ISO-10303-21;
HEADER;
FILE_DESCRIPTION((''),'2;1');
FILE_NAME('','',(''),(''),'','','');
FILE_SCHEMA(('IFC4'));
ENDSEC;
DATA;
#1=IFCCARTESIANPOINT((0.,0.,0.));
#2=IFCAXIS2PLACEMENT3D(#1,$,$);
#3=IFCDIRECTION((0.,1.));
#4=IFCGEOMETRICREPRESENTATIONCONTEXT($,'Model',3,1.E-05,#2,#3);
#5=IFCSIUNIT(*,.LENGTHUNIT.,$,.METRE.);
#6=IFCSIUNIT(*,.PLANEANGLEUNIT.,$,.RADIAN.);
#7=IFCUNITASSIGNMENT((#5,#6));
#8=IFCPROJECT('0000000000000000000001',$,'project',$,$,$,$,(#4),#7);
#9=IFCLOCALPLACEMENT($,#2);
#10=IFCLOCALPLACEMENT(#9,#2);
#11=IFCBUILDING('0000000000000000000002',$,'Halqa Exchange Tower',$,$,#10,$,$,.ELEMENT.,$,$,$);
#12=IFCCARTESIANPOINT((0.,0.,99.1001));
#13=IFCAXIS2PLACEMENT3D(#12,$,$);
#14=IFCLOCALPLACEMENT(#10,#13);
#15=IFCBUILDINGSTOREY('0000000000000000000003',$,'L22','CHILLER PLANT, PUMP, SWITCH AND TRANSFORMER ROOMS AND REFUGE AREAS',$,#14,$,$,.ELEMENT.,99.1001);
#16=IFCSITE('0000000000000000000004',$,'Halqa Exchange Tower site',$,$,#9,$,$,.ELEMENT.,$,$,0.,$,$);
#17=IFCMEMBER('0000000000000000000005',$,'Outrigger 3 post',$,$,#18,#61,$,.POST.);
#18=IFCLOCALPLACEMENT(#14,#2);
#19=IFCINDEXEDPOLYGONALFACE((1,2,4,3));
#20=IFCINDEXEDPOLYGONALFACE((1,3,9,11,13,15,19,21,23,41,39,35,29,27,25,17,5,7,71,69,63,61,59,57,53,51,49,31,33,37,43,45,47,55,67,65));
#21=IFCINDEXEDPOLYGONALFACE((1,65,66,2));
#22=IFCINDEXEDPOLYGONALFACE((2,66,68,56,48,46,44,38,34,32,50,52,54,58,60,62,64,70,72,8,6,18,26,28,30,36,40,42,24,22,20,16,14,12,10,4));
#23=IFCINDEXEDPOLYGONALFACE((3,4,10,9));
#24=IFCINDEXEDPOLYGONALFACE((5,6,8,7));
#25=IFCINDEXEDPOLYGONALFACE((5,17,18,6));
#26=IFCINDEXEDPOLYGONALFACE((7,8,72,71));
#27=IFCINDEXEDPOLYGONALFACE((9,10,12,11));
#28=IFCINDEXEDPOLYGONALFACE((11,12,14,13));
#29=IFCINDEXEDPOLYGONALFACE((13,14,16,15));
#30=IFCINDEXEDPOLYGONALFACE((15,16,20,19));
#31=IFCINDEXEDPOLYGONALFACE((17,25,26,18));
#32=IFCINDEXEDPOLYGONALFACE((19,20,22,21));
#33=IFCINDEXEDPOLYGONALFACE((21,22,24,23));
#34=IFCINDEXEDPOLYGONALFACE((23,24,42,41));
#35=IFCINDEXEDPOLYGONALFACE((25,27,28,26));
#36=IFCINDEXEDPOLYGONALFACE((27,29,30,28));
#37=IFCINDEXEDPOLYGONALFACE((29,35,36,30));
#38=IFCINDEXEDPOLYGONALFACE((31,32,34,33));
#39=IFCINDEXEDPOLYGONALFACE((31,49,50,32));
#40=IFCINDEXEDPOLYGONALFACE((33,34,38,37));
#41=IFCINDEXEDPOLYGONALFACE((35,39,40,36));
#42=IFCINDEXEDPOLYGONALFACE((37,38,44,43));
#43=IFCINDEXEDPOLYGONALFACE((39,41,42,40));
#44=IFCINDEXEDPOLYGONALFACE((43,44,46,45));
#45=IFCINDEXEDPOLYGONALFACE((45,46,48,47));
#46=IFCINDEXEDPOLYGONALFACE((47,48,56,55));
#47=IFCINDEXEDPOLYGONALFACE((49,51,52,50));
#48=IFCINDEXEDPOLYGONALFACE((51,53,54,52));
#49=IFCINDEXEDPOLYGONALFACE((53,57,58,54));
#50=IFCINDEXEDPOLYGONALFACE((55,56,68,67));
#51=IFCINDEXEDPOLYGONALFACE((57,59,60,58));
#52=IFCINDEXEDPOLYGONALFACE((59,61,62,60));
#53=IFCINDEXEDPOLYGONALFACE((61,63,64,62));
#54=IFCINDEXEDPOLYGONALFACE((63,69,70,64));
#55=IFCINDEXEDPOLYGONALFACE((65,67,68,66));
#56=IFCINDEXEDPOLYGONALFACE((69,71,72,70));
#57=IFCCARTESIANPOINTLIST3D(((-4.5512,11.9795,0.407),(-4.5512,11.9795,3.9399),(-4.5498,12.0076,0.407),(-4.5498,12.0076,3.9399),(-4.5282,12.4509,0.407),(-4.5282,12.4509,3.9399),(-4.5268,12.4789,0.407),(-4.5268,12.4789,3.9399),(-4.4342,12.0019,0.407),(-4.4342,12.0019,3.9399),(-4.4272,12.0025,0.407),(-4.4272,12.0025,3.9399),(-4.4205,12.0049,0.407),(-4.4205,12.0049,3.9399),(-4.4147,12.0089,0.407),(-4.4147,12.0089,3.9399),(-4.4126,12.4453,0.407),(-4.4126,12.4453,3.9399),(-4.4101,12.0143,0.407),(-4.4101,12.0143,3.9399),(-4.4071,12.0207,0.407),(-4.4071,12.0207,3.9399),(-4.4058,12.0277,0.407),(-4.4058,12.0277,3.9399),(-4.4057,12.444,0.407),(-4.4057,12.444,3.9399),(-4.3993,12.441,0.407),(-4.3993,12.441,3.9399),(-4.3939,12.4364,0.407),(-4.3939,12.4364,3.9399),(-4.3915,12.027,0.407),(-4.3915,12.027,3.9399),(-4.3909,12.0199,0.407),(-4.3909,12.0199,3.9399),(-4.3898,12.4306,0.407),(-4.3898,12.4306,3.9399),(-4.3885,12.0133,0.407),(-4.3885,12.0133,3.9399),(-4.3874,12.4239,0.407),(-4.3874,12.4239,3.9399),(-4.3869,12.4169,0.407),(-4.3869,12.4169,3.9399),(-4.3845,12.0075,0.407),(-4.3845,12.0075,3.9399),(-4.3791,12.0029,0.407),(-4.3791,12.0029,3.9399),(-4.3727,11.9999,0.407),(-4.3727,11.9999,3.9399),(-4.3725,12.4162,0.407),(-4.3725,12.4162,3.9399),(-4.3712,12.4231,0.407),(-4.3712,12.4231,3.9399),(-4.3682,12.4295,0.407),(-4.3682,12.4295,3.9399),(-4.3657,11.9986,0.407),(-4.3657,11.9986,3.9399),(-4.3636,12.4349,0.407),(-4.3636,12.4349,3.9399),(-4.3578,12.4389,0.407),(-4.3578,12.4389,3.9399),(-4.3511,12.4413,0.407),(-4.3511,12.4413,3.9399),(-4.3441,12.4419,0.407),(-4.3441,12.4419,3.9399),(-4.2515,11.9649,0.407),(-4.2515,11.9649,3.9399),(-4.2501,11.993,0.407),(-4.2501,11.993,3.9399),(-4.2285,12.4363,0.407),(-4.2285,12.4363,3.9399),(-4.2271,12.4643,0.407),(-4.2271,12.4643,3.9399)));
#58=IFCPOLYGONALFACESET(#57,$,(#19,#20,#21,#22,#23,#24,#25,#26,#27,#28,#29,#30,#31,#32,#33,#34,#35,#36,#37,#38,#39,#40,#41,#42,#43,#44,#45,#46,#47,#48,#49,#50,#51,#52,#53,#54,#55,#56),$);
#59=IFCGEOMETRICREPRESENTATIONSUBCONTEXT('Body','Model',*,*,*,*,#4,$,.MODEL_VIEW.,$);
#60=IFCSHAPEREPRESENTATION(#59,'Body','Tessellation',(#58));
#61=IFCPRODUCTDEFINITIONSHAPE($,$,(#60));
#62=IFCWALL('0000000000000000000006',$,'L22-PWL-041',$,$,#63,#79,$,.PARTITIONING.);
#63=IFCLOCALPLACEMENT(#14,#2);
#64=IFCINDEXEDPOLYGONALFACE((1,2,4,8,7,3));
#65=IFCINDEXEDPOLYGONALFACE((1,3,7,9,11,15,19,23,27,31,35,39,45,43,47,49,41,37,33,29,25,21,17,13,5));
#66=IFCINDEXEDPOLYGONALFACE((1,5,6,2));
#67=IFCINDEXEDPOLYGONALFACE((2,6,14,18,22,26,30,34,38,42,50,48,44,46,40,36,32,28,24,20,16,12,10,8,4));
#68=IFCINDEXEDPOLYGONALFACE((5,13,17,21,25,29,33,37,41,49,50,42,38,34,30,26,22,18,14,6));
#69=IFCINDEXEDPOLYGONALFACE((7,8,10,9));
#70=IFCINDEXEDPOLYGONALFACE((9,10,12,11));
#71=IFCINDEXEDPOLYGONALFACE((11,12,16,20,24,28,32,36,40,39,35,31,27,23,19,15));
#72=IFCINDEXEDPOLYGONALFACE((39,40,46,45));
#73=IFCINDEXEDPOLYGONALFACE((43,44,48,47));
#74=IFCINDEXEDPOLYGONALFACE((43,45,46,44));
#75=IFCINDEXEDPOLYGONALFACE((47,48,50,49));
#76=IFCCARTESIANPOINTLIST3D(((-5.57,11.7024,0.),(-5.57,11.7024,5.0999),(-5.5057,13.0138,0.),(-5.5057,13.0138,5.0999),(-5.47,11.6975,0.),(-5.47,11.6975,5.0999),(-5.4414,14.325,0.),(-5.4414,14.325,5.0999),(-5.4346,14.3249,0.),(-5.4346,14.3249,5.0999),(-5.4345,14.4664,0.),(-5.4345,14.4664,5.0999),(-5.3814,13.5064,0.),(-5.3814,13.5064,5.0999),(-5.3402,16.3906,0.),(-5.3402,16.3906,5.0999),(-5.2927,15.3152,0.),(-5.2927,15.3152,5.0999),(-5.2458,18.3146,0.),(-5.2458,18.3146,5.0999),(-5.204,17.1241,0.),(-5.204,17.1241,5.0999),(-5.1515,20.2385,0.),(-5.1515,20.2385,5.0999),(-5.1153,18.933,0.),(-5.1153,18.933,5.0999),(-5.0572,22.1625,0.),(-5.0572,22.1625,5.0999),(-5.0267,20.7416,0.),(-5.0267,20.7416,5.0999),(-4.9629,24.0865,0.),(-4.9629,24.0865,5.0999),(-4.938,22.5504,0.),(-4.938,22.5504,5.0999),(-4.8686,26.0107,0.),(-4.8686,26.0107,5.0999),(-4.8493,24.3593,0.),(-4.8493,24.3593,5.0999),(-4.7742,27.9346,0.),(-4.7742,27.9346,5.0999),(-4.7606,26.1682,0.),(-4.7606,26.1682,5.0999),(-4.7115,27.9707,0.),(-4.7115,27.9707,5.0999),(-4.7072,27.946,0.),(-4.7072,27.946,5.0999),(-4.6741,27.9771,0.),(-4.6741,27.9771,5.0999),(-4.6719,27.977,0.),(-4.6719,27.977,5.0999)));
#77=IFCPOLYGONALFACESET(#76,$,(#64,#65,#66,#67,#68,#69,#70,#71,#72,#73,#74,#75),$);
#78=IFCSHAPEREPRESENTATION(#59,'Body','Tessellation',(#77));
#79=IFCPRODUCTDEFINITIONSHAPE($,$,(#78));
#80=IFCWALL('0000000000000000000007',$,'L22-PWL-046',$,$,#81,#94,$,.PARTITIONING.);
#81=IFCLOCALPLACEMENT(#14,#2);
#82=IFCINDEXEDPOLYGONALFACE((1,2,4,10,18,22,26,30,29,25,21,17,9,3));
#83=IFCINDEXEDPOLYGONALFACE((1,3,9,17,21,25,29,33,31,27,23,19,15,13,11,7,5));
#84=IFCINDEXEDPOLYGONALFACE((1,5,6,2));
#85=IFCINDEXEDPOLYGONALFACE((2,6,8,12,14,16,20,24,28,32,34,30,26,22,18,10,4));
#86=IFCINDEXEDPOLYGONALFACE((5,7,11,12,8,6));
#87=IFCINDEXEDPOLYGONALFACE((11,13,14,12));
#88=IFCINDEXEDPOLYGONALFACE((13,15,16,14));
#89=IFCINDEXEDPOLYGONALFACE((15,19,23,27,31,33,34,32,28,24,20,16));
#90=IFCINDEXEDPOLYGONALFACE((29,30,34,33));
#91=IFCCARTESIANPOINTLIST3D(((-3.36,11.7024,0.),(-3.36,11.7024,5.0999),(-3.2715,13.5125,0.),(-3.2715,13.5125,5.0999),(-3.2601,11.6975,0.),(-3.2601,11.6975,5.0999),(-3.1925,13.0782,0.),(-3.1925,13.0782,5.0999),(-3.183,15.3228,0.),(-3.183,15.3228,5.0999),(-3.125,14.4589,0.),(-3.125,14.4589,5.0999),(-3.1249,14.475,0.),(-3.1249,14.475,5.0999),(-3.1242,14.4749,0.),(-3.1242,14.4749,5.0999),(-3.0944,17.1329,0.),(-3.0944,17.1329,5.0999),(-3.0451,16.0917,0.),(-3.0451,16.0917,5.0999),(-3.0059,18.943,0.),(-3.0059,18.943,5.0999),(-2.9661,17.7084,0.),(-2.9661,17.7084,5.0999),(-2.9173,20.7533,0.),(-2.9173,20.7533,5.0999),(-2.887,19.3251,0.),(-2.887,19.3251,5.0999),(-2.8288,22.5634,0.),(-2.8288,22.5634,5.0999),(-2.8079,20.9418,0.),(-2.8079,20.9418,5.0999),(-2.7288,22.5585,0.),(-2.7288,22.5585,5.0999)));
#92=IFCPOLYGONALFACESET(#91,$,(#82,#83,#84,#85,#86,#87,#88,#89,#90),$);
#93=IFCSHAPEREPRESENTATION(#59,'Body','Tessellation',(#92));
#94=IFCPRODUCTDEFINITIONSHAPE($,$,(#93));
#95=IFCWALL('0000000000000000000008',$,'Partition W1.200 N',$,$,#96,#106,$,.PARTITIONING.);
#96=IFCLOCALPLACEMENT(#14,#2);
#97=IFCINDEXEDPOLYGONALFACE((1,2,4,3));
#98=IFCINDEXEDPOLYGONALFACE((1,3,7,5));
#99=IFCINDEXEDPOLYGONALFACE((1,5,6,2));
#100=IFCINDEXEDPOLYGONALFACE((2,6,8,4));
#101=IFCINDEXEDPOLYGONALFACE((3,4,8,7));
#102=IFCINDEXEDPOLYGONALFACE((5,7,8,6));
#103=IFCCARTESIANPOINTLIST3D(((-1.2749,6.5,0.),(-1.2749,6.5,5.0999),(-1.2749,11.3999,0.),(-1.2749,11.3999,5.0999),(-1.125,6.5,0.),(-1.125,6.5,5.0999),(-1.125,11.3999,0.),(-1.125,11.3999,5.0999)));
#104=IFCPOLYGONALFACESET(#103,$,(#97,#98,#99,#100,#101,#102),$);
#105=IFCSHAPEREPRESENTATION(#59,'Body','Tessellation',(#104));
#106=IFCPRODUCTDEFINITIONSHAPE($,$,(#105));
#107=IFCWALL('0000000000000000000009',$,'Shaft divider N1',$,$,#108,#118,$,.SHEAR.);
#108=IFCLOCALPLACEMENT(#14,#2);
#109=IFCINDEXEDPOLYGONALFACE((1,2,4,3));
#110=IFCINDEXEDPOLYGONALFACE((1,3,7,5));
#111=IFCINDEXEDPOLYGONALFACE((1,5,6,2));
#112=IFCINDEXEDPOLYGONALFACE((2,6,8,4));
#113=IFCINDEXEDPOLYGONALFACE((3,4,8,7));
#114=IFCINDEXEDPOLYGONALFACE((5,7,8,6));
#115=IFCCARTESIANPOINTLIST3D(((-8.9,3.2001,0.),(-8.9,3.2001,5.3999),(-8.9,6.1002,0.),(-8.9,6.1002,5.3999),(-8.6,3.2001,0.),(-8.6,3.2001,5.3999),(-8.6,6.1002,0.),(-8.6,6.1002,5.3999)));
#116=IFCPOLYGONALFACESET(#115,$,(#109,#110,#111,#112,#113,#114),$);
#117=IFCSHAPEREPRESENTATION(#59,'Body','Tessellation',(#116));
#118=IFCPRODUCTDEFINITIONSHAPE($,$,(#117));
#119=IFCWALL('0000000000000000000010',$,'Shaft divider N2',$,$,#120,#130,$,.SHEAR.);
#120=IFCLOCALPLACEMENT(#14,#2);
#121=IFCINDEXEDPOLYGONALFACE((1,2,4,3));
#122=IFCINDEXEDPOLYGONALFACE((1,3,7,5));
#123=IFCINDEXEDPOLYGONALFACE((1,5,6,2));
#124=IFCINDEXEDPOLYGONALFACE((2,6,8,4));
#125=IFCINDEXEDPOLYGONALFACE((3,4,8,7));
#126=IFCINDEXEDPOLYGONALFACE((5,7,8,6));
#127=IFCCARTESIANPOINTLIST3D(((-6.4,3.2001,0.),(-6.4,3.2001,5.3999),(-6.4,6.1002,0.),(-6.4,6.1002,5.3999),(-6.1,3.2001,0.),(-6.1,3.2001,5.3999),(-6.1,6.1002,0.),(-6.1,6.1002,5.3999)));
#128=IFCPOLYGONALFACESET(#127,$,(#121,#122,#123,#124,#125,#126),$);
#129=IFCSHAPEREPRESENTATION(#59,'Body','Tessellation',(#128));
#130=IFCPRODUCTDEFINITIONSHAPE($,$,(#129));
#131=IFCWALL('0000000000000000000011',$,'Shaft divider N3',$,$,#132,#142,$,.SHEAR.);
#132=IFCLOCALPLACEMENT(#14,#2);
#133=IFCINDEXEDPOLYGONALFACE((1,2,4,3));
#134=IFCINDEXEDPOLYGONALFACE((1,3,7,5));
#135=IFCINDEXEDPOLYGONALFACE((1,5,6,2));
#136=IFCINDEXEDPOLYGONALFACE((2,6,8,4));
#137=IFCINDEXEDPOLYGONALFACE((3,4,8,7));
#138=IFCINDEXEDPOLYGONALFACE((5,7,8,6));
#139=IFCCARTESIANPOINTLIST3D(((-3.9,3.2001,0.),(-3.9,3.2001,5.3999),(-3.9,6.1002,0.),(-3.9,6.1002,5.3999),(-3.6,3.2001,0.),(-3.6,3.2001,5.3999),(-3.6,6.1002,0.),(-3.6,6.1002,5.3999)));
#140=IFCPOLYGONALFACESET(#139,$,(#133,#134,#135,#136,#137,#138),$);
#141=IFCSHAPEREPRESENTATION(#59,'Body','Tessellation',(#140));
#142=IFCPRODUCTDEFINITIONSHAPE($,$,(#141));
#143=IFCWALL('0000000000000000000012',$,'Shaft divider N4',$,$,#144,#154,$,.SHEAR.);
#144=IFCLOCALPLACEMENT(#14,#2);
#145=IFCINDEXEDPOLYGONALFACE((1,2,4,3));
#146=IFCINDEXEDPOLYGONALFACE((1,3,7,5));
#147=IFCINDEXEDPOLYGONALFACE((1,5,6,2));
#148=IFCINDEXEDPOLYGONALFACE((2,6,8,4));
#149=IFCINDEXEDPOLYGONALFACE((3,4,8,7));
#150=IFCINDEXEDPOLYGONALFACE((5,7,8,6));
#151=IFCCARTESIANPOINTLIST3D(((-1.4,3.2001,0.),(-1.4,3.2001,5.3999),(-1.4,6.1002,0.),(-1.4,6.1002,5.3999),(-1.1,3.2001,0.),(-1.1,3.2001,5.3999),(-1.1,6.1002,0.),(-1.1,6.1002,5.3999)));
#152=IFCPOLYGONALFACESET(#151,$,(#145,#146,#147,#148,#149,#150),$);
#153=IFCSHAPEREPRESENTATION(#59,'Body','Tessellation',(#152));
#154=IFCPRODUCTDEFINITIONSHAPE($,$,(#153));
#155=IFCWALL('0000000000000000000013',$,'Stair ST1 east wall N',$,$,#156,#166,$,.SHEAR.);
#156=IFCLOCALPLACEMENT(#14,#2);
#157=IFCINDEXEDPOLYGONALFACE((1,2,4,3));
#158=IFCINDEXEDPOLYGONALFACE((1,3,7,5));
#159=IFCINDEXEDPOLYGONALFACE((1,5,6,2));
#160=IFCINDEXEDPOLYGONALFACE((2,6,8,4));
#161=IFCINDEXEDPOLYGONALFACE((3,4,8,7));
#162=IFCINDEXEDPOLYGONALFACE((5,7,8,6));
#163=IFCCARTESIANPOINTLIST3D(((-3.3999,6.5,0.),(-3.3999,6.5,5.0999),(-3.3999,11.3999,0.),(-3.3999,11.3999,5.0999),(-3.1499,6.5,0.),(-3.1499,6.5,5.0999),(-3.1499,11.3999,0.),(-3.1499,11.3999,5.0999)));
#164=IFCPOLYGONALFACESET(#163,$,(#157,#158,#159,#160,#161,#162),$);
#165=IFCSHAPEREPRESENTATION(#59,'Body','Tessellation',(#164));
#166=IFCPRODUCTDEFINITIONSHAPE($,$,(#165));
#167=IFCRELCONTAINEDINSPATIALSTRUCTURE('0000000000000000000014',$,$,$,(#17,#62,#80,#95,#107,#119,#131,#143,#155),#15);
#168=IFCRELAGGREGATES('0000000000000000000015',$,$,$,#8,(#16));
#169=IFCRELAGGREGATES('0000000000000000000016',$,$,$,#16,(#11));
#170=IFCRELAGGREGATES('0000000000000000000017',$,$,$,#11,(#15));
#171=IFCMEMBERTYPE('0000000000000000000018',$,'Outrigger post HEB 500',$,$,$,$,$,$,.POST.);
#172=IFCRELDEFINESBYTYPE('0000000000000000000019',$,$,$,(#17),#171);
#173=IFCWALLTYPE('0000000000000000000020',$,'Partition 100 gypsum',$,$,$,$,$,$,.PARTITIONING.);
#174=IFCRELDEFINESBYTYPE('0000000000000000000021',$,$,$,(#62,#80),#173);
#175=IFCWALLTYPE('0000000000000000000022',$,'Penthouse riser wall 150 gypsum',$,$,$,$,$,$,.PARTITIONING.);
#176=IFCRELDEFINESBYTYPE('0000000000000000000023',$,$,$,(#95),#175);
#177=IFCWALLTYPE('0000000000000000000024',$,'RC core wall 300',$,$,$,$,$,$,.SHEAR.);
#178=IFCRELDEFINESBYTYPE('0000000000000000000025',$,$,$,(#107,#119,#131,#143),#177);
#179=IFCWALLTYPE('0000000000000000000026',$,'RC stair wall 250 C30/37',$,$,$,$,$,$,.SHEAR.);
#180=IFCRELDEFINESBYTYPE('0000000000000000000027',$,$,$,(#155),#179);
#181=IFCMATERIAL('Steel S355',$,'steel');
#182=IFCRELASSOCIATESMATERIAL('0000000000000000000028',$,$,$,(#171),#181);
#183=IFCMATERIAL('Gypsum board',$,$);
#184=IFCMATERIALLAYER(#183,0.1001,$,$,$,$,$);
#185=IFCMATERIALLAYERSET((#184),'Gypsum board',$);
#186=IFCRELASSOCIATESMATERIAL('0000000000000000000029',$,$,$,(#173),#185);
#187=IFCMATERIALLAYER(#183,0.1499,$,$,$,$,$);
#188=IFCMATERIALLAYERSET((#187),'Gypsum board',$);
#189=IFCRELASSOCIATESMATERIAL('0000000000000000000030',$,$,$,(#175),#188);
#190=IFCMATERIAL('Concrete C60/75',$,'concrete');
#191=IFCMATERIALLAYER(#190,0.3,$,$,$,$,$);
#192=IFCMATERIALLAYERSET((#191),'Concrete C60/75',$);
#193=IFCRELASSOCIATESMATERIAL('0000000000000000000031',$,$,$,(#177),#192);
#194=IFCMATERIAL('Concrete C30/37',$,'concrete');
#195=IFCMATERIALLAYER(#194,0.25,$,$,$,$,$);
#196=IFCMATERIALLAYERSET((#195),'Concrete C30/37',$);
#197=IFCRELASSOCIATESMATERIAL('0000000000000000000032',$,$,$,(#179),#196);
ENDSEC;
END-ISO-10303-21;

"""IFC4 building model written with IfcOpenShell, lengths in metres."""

from ifc_helpers import new_model, si_unit, direction, frame, frame_2d, origin, origin_2d, place, context, subcontext, project, spatial, polyline, rectangle, i_section, outline, extrude, material, layer, layer_set, material_profile, profile_set, type_object, element, save


model = new_model("IFC4")

# Units and contexts
model_context = context("Model", 3, precision=1e-05, world=origin(), true_north=direction((0.0, 1.0)))
body_context = subcontext(model_context, "Body", "Model", "MODEL_VIEW")
ifc_project = project(units=[si_unit("LENGTHUNIT", "METRE"), si_unit("PLANEANGLEUNIT", "RADIAN")], contexts=[model_context])

# Site, building, storey
site_placement = place(None, origin())
site = spatial("IfcSite", under=ifc_project, at=site_placement, Name="Halqa Exchange Tower site", CompositionType="ELEMENT", RefElevation=0.0)
building_placement = place(site_placement, origin())
building = spatial("IfcBuilding", under=site, at=building_placement, Name="Halqa Exchange Tower", CompositionType="ELEMENT")
storey_placement = place(building_placement, frame((0.0, 0.0, 99.1001)))
storey = spatial("IfcBuildingStorey", under=building, at=storey_placement, Name="L22", Description="CHILLER PLANT, PUMP, SWITCH AND TRANSFORMER ROOMS AND REFUGE AREAS", CompositionType="ELEMENT", Elevation=99.1001)

# Shared definitions
ifc_material_1 = material(Name="Steel S355", Category="steel")

# Member
ifc_material_profile_1 = material_profile(ifc_material_1, i_section(OverallWidth=0.3, OverallDepth=0.5, WebThickness=0.0144, FlangeThickness=0.0281, FilletRadius=0.0271, at=origin_2d()), Name="HEB 500")
ifc_profile_set_1 = profile_set([ifc_material_profile_1], Name="Steel S355")
member_type_1 = type_object("IfcMemberType", Name="Outrigger post HEB 500", PredefinedType="POST", material=ifc_profile_set_1)
member_1_placement = place(storey_placement, frame((-4.3892, 12.2219, 0.407), z_axis=(0.0, 0.0, 1.0), x_axis=(-0.998813, 0.04871, 0.0)))
element("IfcMember", 1, at=member_1_placement, inside=storey, type_object=member_type_1, Name="Outrigger 3 post", PredefinedType="POST", context=body_context, shape_type="SweptSolid", body=[
    extrude(i_section(OverallWidth=0.3, OverallDepth=0.5, WebThickness=0.0144, FlangeThickness=0.0281, FilletRadius=0.0271, at=origin_2d()), origin(), (0.0, 0.0, 1.0), 3.533),
])

# Walls
ifc_material_2 = material(Name="Gypsum board")
ifc_layer_1 = layer(ifc_material_2, 0.1001)
ifc_layer_set_1 = layer_set([ifc_layer_1], Name="Gypsum board")
wall_type_1 = type_object("IfcWallType", Name="Partition 100 gypsum", PredefinedType="PARTITIONING", material=ifc_layer_set_1)
wall_1_placement = place(storey_placement, frame((-5.52, 11.7, 0.0), z_axis=(0.0, 0.0, 1.0), x_axis=(0.048966, 0.9988, 0.0)))
element("IfcWall", 2, at=wall_1_placement, inside=storey, type_object=wall_type_1, Name="L22-PWL-041", PredefinedType="PARTITIONING", context=body_context, shape_type="SweptSolid", body=[
    extrude(outline(polyline([(16.2991, -0.05), (16.2991, -0.0479), (16.2908, -0.0107), (16.2991, -0.009), (16.2991, -0.009), (16.2664, -0.0164), (16.2517, 0.05), (14.3254, 0.05), (12.3989, 0.05), (10.4727, 0.05), (8.5464, 0.05), (6.6201, 0.05), (4.6938, 0.05), (2.7673, 0.05), (2.626, 0.0432), (2.6257, 0.05), (1.313, 0.05), (0.0, 0.05), (0.0, -0.05), (1.811, -0.05), (3.6221, -0.05), (5.4331, -0.05), (7.2441, -0.05), (9.0549, -0.05), (10.866, -0.05), (12.677, -0.05), (14.488, -0.05), (16.2991, -0.05)])), origin(), (0.0, 0.0, 1.0), 5.0999),
])
wall_2_placement = place(storey_placement, frame((-3.3101, 11.7, 0.0), z_axis=(0.0, 0.0, 1.0), x_axis=(0.048855, 0.998806, 0.0)))
element("IfcWall", 3, at=wall_2_placement, inside=storey, type_object=wall_type_1, Name="L22-PWL-046", PredefinedType="PARTITIONING", context=body_context, shape_type="SweptSolid", body=[
    extrude(outline(polyline([(0.0, -0.05), (1.3823, -0.05), (2.7646, -0.05), (2.7808, -0.0493), (2.7808, -0.05), (4.3994, -0.05), (6.0181, -0.05), (7.6367, -0.05), (9.2554, -0.05), (10.874, -0.05), (10.874, 0.05), (9.0618, 0.05), (7.2493, 0.05), (5.437, 0.05), (3.6248, 0.05), (1.8123, 0.05), (0.0, 0.05), (0.0, -0.05)])), origin(), (0.0, 0.0, 1.0), 5.0999),
])
ifc_layer_2 = layer(ifc_material_2, 0.1499)
ifc_layer_set_2 = layer_set([ifc_layer_2], Name="Gypsum board")
wall_type_2 = type_object("IfcWallType", Name="Penthouse riser wall 150 gypsum", PredefinedType="PARTITIONING", material=ifc_layer_set_2)
wall_3_placement = place(storey_placement, frame((-1.2, 6.5, 0.0), z_axis=(0.0, 0.0, 1.0), x_axis=(0.0, 1.0, 0.0)))
element("IfcWall", 4, at=wall_3_placement, inside=storey, type_object=wall_type_2, Name="Partition W1.200 N", PredefinedType="PARTITIONING", context=body_context, shape_type="SweptSolid", body=[
    extrude(rectangle(XDim=4.8999, YDim=0.1499, at=frame_2d((2.45, 0.0))), origin(), (0.0, 0.0, 1.0), 5.0999),
])
ifc_material_3 = material(Name="Concrete C60/75", Category="concrete")
ifc_layer_3 = layer(ifc_material_3, 0.3)
ifc_layer_set_3 = layer_set([ifc_layer_3], Name="Concrete C60/75")
wall_type_3 = type_object("IfcWallType", Name="RC core wall 300", PredefinedType="SHEAR", material=ifc_layer_set_3)
for number, where, z_axis, x_axis, name in (
    (5, (-8.75, 3.2, 0.0), (0.0, 0.0, 1.0), (0.0, 1.0, 0.0), "Shaft divider N1"),
    (6, (-6.25, 3.2, 0.0), (0.0, 0.0, 1.0), (0.0, 1.0, 0.0), "Shaft divider N2"),
    (7, (-3.75, 3.2, 0.0), (0.0, 0.0, 1.0), (0.0, 1.0, 0.0), "Shaft divider N3"),
    (8, (-1.25, 3.2, 0.0), (0.0, 0.0, 1.0), (0.0, 1.0, 0.0), "Shaft divider N4"),
):
    element("IfcWall", number, at=place(storey_placement, frame(where, z_axis=z_axis, x_axis=x_axis)), inside=storey, type_object=wall_type_3, Name=name, PredefinedType="SHEAR", context=body_context, shape_type="SweptSolid", body=[
        extrude(rectangle(XDim=2.9001, YDim=0.3, at=frame_2d((1.4502, 0.0))), origin(), (0.0, 0.0, 1.0), 5.3999),
    ])
ifc_material_4 = material(Name="Concrete C30/37", Category="concrete")
ifc_layer_4 = layer(ifc_material_4, 0.25)
ifc_layer_set_4 = layer_set([ifc_layer_4], Name="Concrete C30/37")
wall_type_4 = type_object("IfcWallType", Name="RC stair wall 250 C30/37", PredefinedType="SHEAR", material=ifc_layer_set_4)
wall_4_placement = place(storey_placement, frame((-3.2749, 6.5, 0.0), z_axis=(0.0, 0.0, 1.0), x_axis=(0.0, 1.0, 0.0)))
element("IfcWall", 9, at=wall_4_placement, inside=storey, type_object=wall_type_4, Name="Stair ST1 east wall N", PredefinedType="SHEAR", context=body_context, shape_type="SweptSolid", body=[
    extrude(rectangle(XDim=4.8999, YDim=0.25, at=frame_2d((2.45, 0.0))), origin(), (0.0, 0.0, 1.0), 5.0999),
])

save(model, "model.ifc")
